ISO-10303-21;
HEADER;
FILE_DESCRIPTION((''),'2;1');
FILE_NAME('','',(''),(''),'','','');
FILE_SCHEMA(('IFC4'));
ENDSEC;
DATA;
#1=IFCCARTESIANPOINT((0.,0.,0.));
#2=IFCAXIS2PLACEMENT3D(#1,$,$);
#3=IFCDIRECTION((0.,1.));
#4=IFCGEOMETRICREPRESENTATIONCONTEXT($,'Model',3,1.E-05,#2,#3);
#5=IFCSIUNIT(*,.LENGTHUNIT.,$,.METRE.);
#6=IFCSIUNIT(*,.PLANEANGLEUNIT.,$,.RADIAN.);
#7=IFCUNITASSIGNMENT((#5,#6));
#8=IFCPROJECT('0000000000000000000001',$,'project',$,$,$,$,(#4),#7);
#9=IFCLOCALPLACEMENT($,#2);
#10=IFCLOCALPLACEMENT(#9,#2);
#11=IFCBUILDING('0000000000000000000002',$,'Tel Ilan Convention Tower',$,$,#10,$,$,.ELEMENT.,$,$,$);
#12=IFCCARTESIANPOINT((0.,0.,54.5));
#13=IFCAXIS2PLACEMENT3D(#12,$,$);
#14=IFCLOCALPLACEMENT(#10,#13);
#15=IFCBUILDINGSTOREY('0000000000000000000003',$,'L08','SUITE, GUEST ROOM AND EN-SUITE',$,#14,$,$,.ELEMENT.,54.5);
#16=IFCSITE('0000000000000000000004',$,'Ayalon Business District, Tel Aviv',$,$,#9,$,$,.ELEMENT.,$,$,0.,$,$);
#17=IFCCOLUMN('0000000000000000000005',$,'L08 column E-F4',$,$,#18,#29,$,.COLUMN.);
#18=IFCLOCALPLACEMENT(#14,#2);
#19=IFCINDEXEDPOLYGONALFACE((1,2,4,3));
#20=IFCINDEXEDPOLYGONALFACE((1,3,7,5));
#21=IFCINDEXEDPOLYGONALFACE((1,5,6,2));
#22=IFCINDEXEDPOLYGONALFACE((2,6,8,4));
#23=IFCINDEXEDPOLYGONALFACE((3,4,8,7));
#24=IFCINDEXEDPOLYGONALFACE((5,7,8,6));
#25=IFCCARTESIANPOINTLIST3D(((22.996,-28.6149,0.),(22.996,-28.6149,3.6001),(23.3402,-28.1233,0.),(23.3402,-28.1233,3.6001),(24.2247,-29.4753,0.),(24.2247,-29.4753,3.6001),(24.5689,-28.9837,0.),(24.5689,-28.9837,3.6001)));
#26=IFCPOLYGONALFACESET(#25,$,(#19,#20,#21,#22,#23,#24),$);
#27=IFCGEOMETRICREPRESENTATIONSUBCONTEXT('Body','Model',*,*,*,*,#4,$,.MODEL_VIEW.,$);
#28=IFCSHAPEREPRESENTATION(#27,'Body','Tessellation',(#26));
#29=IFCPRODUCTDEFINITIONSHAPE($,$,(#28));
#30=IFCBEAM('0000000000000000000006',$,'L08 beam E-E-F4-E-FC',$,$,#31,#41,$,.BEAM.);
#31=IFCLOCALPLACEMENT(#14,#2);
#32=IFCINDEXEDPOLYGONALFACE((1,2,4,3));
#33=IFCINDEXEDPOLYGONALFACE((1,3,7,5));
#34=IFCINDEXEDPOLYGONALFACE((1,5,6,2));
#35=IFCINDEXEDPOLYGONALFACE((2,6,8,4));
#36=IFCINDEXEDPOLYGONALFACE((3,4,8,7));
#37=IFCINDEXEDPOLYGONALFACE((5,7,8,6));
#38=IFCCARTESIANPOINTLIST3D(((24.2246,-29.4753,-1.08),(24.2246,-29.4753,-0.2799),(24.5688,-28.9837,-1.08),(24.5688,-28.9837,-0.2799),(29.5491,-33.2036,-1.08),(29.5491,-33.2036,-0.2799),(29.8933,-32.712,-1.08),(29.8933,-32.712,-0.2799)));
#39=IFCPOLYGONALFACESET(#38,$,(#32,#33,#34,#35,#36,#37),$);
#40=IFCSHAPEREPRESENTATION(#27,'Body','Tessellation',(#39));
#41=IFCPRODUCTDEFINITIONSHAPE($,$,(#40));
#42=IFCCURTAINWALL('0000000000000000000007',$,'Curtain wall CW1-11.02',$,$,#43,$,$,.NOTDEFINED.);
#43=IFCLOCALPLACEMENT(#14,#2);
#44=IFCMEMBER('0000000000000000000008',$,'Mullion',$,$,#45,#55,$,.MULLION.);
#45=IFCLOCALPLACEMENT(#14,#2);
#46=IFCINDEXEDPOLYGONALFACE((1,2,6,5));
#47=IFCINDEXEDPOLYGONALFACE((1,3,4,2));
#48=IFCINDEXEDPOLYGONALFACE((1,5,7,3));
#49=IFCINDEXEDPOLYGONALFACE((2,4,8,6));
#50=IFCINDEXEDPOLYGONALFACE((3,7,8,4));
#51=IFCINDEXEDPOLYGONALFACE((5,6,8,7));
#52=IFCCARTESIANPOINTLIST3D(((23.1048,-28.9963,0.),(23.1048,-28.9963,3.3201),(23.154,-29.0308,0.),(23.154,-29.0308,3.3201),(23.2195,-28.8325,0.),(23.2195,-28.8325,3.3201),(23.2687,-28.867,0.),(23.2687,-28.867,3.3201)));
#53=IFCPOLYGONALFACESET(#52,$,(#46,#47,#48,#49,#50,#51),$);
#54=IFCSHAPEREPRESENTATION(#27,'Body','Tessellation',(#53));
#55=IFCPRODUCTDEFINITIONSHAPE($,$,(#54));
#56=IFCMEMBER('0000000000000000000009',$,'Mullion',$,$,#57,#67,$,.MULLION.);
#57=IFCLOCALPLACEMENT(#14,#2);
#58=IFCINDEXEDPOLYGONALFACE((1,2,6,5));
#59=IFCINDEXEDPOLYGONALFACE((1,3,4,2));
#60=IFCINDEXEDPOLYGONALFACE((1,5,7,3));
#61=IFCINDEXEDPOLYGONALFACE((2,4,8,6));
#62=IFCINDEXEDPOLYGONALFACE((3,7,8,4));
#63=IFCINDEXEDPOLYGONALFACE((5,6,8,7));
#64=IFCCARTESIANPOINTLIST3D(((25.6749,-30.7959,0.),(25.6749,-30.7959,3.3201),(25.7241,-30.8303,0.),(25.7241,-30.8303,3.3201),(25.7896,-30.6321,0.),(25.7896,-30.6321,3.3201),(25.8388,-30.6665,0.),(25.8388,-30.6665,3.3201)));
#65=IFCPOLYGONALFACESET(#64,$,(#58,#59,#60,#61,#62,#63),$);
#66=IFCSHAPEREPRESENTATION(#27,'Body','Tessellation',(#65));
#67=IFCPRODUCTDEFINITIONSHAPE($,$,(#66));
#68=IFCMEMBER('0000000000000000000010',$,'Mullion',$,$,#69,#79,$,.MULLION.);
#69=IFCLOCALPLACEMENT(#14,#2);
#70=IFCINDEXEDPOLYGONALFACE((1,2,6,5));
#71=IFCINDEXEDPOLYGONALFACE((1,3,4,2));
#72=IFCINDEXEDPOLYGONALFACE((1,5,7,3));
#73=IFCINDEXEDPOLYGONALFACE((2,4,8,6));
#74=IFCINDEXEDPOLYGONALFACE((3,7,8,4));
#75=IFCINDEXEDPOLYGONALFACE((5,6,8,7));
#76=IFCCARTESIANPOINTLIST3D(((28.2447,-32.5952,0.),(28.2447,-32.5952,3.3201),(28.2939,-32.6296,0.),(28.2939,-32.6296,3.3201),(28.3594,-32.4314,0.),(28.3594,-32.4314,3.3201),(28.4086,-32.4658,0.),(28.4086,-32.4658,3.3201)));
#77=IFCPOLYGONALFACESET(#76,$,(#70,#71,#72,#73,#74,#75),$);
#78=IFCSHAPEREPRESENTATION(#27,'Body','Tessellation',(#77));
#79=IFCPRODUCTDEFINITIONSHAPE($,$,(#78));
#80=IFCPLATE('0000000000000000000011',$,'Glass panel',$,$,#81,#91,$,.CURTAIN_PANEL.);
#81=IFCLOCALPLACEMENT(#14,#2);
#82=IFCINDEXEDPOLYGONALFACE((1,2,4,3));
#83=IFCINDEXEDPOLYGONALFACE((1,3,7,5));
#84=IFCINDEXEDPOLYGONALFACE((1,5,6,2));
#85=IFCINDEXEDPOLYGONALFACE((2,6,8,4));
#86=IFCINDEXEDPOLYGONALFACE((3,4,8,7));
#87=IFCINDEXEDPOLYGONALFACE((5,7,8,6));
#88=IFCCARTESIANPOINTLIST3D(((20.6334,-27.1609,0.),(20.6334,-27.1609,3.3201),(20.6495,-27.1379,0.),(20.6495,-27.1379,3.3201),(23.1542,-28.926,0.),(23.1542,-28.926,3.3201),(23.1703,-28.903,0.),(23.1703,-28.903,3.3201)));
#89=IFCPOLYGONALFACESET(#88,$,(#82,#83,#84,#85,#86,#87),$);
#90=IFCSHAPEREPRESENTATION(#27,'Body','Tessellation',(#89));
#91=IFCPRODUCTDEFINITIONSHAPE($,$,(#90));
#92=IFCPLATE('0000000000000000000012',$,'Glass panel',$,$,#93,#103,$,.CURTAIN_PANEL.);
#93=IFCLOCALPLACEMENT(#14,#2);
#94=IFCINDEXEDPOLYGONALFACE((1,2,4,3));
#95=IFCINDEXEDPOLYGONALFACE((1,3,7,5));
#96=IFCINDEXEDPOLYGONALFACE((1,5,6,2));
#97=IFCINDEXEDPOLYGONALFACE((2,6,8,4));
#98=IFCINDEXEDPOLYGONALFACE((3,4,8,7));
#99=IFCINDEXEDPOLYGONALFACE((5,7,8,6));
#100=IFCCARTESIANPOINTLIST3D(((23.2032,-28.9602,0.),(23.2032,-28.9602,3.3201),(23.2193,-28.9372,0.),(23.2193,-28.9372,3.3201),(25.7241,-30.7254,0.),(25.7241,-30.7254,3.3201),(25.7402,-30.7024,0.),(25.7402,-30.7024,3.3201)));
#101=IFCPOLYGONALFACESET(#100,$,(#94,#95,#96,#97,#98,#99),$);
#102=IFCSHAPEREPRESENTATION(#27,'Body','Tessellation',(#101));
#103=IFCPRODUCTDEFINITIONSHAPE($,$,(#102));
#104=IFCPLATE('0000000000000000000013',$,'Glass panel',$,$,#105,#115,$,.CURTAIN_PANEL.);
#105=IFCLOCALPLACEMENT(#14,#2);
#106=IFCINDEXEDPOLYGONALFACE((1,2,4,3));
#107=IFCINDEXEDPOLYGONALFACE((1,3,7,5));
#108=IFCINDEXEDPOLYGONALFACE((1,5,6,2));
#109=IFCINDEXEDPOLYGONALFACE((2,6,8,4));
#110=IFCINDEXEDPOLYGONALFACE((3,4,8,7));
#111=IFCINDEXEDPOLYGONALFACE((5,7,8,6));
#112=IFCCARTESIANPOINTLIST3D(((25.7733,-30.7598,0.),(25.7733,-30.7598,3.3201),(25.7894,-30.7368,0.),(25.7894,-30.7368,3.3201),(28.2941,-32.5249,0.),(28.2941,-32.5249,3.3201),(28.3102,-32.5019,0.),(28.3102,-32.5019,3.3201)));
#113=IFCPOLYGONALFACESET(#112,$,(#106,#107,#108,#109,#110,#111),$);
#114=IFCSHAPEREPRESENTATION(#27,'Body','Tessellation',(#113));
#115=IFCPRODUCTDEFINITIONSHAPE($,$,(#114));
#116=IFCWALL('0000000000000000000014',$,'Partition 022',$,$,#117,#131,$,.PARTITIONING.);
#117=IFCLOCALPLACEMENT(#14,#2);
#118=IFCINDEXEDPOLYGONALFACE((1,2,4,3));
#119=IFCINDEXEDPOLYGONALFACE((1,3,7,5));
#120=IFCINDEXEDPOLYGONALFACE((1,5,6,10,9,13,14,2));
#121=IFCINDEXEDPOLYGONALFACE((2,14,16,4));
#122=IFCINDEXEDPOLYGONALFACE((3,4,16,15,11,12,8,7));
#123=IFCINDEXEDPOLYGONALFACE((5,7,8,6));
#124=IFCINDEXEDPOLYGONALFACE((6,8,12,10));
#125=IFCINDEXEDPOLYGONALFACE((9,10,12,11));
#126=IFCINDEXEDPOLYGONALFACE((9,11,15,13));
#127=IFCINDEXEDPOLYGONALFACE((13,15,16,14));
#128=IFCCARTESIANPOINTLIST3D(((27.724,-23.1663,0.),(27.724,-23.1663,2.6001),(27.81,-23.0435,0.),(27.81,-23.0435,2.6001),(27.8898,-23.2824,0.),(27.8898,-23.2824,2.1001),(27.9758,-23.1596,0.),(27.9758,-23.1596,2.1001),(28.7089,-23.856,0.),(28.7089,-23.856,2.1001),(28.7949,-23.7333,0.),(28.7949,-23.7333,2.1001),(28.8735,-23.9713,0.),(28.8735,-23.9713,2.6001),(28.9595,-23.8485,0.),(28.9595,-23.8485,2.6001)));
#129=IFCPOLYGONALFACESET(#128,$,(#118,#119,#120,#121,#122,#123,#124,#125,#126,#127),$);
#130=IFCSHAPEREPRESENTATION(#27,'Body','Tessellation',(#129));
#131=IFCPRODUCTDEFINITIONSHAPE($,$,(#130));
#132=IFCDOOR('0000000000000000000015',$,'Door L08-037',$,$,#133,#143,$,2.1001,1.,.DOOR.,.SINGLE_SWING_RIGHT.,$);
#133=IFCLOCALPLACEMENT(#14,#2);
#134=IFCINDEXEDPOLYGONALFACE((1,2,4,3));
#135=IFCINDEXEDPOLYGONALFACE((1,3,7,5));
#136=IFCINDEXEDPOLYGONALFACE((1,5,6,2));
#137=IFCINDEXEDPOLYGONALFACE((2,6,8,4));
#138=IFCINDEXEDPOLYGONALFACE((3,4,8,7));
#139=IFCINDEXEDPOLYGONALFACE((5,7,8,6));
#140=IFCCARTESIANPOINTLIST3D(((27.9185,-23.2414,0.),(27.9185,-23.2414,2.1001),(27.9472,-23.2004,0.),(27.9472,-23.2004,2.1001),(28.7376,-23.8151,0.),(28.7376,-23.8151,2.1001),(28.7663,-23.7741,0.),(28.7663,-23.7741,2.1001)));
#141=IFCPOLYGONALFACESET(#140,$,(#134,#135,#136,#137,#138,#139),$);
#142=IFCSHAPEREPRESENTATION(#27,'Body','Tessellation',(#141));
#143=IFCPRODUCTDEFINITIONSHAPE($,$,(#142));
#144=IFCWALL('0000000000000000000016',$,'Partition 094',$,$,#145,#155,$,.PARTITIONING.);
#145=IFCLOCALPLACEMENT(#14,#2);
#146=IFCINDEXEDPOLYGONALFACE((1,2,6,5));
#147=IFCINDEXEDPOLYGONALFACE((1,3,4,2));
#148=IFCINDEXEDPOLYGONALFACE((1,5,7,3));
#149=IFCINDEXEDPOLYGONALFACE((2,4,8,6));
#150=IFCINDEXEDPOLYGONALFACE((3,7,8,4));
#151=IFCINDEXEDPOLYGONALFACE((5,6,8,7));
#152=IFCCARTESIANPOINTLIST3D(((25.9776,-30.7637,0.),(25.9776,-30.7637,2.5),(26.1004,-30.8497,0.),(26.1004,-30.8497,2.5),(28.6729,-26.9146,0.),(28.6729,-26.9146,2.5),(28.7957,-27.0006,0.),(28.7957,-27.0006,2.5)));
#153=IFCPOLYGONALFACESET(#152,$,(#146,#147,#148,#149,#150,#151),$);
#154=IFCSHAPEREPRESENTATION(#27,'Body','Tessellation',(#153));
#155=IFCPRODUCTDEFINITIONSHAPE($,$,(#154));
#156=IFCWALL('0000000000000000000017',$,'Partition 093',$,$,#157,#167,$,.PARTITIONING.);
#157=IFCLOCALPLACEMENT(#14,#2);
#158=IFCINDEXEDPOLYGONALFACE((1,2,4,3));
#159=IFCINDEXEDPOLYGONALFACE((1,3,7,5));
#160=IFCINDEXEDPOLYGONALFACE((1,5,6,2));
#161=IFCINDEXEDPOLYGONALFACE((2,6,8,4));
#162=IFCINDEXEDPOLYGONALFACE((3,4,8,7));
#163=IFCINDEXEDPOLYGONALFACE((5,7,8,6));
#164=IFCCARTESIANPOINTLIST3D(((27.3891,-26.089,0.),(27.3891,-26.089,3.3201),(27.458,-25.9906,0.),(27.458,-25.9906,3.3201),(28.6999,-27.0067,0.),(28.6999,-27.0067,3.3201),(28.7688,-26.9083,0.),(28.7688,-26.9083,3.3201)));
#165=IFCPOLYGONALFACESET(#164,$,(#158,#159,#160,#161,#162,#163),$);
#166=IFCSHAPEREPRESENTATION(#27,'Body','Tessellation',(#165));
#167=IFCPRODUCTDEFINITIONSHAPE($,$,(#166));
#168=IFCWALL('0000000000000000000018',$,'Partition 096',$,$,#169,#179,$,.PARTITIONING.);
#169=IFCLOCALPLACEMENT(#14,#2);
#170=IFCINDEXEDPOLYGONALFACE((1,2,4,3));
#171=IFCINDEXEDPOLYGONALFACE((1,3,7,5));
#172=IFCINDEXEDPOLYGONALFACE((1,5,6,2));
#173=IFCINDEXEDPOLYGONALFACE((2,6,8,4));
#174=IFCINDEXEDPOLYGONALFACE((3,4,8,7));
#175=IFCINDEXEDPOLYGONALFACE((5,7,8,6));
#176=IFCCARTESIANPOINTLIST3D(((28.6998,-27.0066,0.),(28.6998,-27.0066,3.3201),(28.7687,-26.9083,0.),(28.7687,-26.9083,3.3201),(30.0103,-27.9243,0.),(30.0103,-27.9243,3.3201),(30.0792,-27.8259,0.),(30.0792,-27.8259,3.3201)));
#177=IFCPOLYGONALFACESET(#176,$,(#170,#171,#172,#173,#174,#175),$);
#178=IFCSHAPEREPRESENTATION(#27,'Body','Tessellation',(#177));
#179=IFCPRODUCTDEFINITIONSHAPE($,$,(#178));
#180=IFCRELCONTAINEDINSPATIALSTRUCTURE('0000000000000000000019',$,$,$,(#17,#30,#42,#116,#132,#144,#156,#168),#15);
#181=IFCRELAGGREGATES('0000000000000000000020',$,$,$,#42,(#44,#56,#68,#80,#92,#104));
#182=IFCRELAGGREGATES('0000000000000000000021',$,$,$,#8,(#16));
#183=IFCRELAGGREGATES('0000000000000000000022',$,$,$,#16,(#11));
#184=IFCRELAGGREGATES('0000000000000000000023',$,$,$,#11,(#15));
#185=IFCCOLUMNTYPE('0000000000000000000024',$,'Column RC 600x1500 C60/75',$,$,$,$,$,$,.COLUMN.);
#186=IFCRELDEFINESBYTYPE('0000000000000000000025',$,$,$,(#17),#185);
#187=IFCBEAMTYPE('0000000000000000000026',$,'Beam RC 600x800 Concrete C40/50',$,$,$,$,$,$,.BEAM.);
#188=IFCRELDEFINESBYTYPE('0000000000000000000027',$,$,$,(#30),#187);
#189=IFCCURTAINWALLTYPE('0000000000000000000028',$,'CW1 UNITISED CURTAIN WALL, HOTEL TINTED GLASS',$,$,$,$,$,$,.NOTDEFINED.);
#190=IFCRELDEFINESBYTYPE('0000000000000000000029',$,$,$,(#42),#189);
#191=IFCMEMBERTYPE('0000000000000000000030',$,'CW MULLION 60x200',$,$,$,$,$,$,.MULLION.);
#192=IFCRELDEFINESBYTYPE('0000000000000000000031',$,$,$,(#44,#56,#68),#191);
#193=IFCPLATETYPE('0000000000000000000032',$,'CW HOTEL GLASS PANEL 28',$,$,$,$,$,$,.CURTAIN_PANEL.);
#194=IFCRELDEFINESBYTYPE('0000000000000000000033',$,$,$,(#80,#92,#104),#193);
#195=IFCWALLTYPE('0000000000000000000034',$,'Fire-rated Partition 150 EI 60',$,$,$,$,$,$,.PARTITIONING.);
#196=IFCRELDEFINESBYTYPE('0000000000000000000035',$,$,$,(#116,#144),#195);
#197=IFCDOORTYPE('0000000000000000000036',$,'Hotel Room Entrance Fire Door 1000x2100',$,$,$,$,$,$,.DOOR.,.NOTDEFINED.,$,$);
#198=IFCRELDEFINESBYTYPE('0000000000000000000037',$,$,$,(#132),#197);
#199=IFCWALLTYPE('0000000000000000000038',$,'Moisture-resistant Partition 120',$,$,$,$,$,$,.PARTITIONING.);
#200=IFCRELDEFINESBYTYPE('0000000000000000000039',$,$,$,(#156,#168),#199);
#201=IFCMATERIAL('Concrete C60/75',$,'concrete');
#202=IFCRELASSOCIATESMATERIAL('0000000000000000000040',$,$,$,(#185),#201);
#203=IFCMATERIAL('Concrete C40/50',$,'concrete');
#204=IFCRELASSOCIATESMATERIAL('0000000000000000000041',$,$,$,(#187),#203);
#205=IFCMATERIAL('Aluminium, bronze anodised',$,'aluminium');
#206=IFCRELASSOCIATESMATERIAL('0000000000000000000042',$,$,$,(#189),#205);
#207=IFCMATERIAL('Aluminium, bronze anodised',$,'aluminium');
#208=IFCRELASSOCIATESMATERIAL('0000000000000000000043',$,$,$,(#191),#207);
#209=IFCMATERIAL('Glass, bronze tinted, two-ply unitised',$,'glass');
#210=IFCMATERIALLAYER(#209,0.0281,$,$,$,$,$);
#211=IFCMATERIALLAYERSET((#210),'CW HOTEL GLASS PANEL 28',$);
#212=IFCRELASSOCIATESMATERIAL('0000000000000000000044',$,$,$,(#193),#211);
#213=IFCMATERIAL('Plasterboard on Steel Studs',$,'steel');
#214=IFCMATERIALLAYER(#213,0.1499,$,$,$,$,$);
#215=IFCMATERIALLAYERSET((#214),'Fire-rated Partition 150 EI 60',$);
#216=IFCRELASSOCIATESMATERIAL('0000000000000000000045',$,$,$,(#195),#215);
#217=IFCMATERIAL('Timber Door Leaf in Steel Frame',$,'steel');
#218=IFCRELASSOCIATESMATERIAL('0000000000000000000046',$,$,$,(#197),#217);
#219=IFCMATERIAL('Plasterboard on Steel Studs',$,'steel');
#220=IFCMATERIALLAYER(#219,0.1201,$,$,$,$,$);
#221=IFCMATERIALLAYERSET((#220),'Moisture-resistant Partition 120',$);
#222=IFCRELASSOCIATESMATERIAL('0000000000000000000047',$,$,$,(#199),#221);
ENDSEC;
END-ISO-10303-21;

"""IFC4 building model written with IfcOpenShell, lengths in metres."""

from ifc_helpers import new_model, si_unit, direction, frame, frame_2d, origin, origin_2d, place, context, subcontext, project, spatial, rectangle, extrude, material, layer, layer_set, material_profile, profile_set, type_object, element, fill, aggregate, save


model = new_model("IFC4")

# Units and contexts
model_context = context("Model", 3, precision=1e-05, world=origin(), true_north=direction((0.0, 1.0)))
body_context = subcontext(model_context, "Body", "Model", "MODEL_VIEW")
ifc_project = project(units=[si_unit("LENGTHUNIT", "METRE"), si_unit("PLANEANGLEUNIT", "RADIAN")], contexts=[model_context])

# Site, building, storey
site_placement = place(None, origin())
site = spatial("IfcSite", under=ifc_project, at=site_placement, Name="Ayalon Business District, Tel Aviv", CompositionType="ELEMENT", RefElevation=0.0)
building_placement = place(site_placement, origin())
building = spatial("IfcBuilding", under=site, at=building_placement, Name="Tel Ilan Convention Tower", CompositionType="ELEMENT")
storey_placement = place(building_placement, frame((0.0, 0.0, 54.5)))
storey = spatial("IfcBuildingStorey", under=building, at=storey_placement, Name="L08", Description="SUITE, GUEST ROOM AND EN-SUITE", CompositionType="ELEMENT", Elevation=54.5)

# Column
ifc_material_1 = material(Name="Concrete C60/75", Category="concrete")
ifc_material_profile_1 = material_profile(ifc_material_1, rectangle(XDim=1.5, YDim=0.6001, at=origin_2d()), Name="RC 600x1500")
ifc_profile_set_1 = profile_set([ifc_material_profile_1], Name="Concrete C60/75")
column_type = type_object("IfcColumnType", Name="Column RC 600x1500 C60/75", PredefinedType="COLUMN", material=ifc_profile_set_1)
column_placement = place(storey_placement, frame((23.7825, -28.7993, 0.0), z_axis=(0.0, 0.0, 1.0), x_axis=(0.819152, -0.573576, 0.0)))
element("IfcColumn", 1, at=column_placement, inside=storey, type_object=column_type, Name="L08 column E-F4", PredefinedType="COLUMN", context=body_context, shape_type="SweptSolid", body=[
    extrude(rectangle(XDim=1.5, YDim=0.6001, at=origin_2d()), origin(), (0.0, 0.0, 1.0), 3.6001),
])

# Beam
ifc_material_2 = material(Name="Concrete C40/50", Category="concrete")
ifc_material_profile_2 = material_profile(ifc_material_2, rectangle(XDim=0.6001, YDim=0.8, at=origin_2d()), Name="RC 600x800")
ifc_profile_set_2 = profile_set([ifc_material_profile_2], Name="Concrete C40/50")
beam_type = type_object("IfcBeamType", Name="Beam RC 600x800 Concrete C40/50", PredefinedType="BEAM", material=ifc_profile_set_2)
beam_placement = place(storey_placement, frame((24.3967, -29.2295, -0.6799), z_axis=(0.819149, -0.573581, 0.0), x_axis=(0.573581, 0.819149, 0.0)))
element("IfcBeam", 2, at=beam_placement, inside=storey, type_object=beam_type, Name="L08 beam E-E-F4-E-FC", PredefinedType="BEAM", context=body_context, shape_type="SweptSolid", body=[
    extrude(rectangle(XDim=0.6001, YDim=0.8, at=origin_2d()), origin(), (0.0, 0.0, 1.0), 6.5),
])

# Curtain wall, members, plates
ifc_material_3 = material(Name="Aluminium, bronze anodised", Category="aluminium")
curtain_wall_type = type_object("IfcCurtainWallType", Name="CW1 UNITISED CURTAIN WALL, HOTEL TINTED GLASS", PredefinedType="NOTDEFINED", material=ifc_material_3)
curtain_wall_placement = place(storey_placement, origin())
curtain_wall = element("IfcCurtainWall", 3, at=curtain_wall_placement, inside=storey, type_object=curtain_wall_type, Name="Curtain wall CW1-11.02", PredefinedType="NOTDEFINED")
ifc_material_4 = material(Name="Aluminium, bronze anodised", Category="aluminium")
ifc_material_profile_3 = material_profile(ifc_material_4, rectangle(XDim=0.0601, YDim=0.2, at=origin_2d()), Name="CW MULLION 60x200")
ifc_profile_set_3 = profile_set([ifc_material_profile_3], Name="Aluminium, bronze anodised")
member_type = type_object("IfcMemberType", Name="CW MULLION 60x200", PredefinedType="MULLION", material=ifc_profile_set_3)
member_1_placement = place(storey_placement, frame((23.1868, -28.9316, 0.0), z_axis=(0.0, 0.0, 1.0), x_axis=(0.819152, -0.573576, 0.0)))
member_1 = element("IfcMember", 4, at=member_1_placement, type_object=member_type, Name="Mullion", PredefinedType="MULLION", context=body_context, shape_type="SweptSolid", body=[
    extrude(rectangle(XDim=0.0601, YDim=0.2, at=origin_2d()), origin(), (0.0, 0.0, 1.0), 3.3201),
])
member_2_placement = place(storey_placement, frame((25.7568, -30.7312, 0.0), z_axis=(0.0, 0.0, 1.0), x_axis=(0.819152, -0.573576, 0.0)))
member_2 = element("IfcMember", 5, at=member_2_placement, type_object=member_type, Name="Mullion", PredefinedType="MULLION", context=body_context, shape_type="SweptSolid", body=[
    extrude(rectangle(XDim=0.0601, YDim=0.2, at=origin_2d()), origin(), (0.0, 0.0, 1.0), 3.3201),
])
member_3_placement = place(storey_placement, frame((28.3267, -32.5305, 0.0), z_axis=(0.0, 0.0, 1.0), x_axis=(0.819152, -0.573576, 0.0)))
member_3 = element("IfcMember", 6, at=member_3_placement, type_object=member_type, Name="Mullion", PredefinedType="MULLION", context=body_context, shape_type="SweptSolid", body=[
    extrude(rectangle(XDim=0.0601, YDim=0.2, at=origin_2d()), origin(), (0.0, 0.0, 1.0), 3.3201),
])
ifc_material_5 = material(Name="Glass, bronze tinted, two-ply unitised", Category="glass")
ifc_layer_1 = layer(ifc_material_5, 0.0281)
ifc_layer_set_1 = layer_set([ifc_layer_1], Name="CW HOTEL GLASS PANEL 28")
plate_type = type_object("IfcPlateType", Name="CW HOTEL GLASS PANEL 28", PredefinedType="CURTAIN_PANEL", material=ifc_layer_set_1)
plate_1_placement = place(storey_placement, frame((21.9019, -28.032, 0.0), z_axis=(0.0, 0.0, 1.0), x_axis=(0.819152, -0.573576, 0.0)))
plate_1 = element("IfcPlate", 7, at=plate_1_placement, type_object=plate_type, Name="Glass panel", PredefinedType="CURTAIN_PANEL", context=body_context, shape_type="SweptSolid", body=[
    extrude(rectangle(XDim=3.0774, YDim=0.0281, at=origin_2d()), origin(), (0.0, 0.0, 1.0), 3.3201),
])
plate_2_placement = place(storey_placement, frame((24.4717, -29.8313, 0.0), z_axis=(0.0, 0.0, 1.0), x_axis=(0.819152, -0.573576, 0.0)))
plate_2 = element("IfcPlate", 8, at=plate_2_placement, type_object=plate_type, Name="Glass panel", PredefinedType="CURTAIN_PANEL", context=body_context, shape_type="SweptSolid", body=[
    extrude(rectangle(XDim=3.0774, YDim=0.0281, at=origin_2d()), origin(), (0.0, 0.0, 1.0), 3.3201),
])
plate_3_placement = place(storey_placement, frame((27.0417, -31.6309, 0.0), z_axis=(0.0, 0.0, 1.0), x_axis=(0.819152, -0.573576, 0.0)))
plate_3 = element("IfcPlate", 9, at=plate_3_placement, type_object=plate_type, Name="Glass panel", PredefinedType="CURTAIN_PANEL", context=body_context, shape_type="SweptSolid", body=[
    extrude(rectangle(XDim=3.0774, YDim=0.0281, at=origin_2d()), origin(), (0.0, 0.0, 1.0), 3.3201),
])
aggregate(curtain_wall, [member_1, member_2, member_3, plate_1, plate_2, plate_3])

# Wall, opening, door
ifc_material_6 = material(Name="Plasterboard on Steel Studs", Category="steel")
ifc_layer_2 = layer(ifc_material_6, 0.1499)
ifc_layer_set_2 = layer_set([ifc_layer_2], Name="Fire-rated Partition 150 EI 60")
wall_type_1 = type_object("IfcWallType", Name="Fire-rated Partition 150 EI 60", PredefinedType="PARTITIONING", material=ifc_layer_set_2)
wall_1_placement = place(storey_placement, frame((28.9165, -23.9099, 0.0), z_axis=(0.0, 0.0, 1.0), x_axis=(-0.819117, 0.573626, 0.0)))
wall_1 = element("IfcWall", 10, at=wall_1_placement, inside=storey, type_object=wall_type_1, Name="Partition 022", PredefinedType="PARTITIONING", context=body_context, shape_type="SweptSolid", body=[
    extrude(rectangle(XDim=1.4033, YDim=0.1499, at=frame_2d((0.7017, 0.0))), origin(), (0.0, 0.0, 1.0), 2.6001),
])
opening_placement = place(wall_1_placement, frame((0.2009, 0.0, 0.0)))
opening = element("IfcOpeningElement", 11, at=opening_placement, cuts=wall_1, PredefinedType="OPENING", context=body_context, shape_type="SweptSolid", body=[
    extrude(rectangle(XDim=1.0, YDim=2.1001, at=frame_2d((0.5, 1.05))), frame((0.0, 0.085, 0.0), z_axis=(0.0, -1.0, 0.0), x_axis=(1.0, 0.0, 0.0)), (0.0, 0.0, 1.0), 0.1699),
])
ifc_material_7 = material(Name="Timber Door Leaf in Steel Frame", Category="steel")
door_type = type_object("IfcDoorType", Name="Hotel Room Entrance Fire Door 1000x2100", OperationType="NOTDEFINED", PredefinedType="DOOR", material=ifc_material_7)
door_placement = place(opening_placement, origin())
door = element("IfcDoor", 12, at=door_placement, inside=storey, type_object=door_type, Name="Door L08-037", OperationType="SINGLE_SWING_RIGHT", OverallHeight=2.1001, OverallWidth=1.0, PredefinedType="DOOR", context=body_context, shape_type="SweptSolid", body=[
    extrude(rectangle(XDim=1.0, YDim=2.1001, at=frame_2d((0.5, 1.05))), frame((0.0, 0.0249, 0.0), z_axis=(0.0, -1.0, 0.0), x_axis=(1.0, 0.0, 0.0)), (0.0, 0.0, 1.0), 0.05),
])
fill(opening, door)

# Walls
wall_2_placement = place(storey_placement, frame((28.7344, -26.9575, 0.0), z_axis=(0.0, 0.0, 1.0), x_axis=(-0.573595, -0.819139, 0.0)))
element("IfcWall", 13, at=wall_2_placement, inside=storey, type_object=wall_type_1, Name="Partition 094", PredefinedType="PARTITIONING", context=body_context, shape_type="SweptSolid", body=[
    extrude(rectangle(XDim=4.699, YDim=0.1499, at=frame_2d((2.3496, 0.0))), origin(), (0.0, 0.0, 1.0), 2.5),
])
ifc_material_8 = material(Name="Plasterboard on Steel Studs", Category="steel")
ifc_layer_3 = layer(ifc_material_8, 0.1201)
ifc_layer_set_3 = layer_set([ifc_layer_3], Name="Moisture-resistant Partition 120")
wall_type_2 = type_object("IfcWallType", Name="Moisture-resistant Partition 120", PredefinedType="PARTITIONING", material=ifc_layer_set_3)
wall_3_placement = place(storey_placement, frame((27.4236, -26.0398, 0.0), z_axis=(0.0, 0.0, 1.0), x_axis=(0.819182, -0.573534, 0.0)))
element("IfcWall", 14, at=wall_3_placement, inside=storey, type_object=wall_type_2, Name="Partition 093", PredefinedType="PARTITIONING", context=body_context, shape_type="SweptSolid", body=[
    extrude(rectangle(XDim=1.6001, YDim=0.1201, at=frame_2d((0.8, 0.0))), origin(), (0.0, 0.0, 1.0), 3.3201),
])
wall_4_placement = place(storey_placement, frame((28.7344, -26.9575, 0.0), z_axis=(0.0, 0.0, 1.0), x_axis=(0.819132, -0.573606, 0.0)))
element("IfcWall", 15, at=wall_4_placement, inside=storey, type_object=wall_type_2, Name="Partition 096", PredefinedType="PARTITIONING", context=body_context, shape_type="SweptSolid", body=[
    extrude(rectangle(XDim=1.5999, YDim=0.1201, at=frame_2d((0.7998, 0.0))), origin(), (0.0, 0.0, 1.0), 3.3201),
])

save(model, "model.ifc")
